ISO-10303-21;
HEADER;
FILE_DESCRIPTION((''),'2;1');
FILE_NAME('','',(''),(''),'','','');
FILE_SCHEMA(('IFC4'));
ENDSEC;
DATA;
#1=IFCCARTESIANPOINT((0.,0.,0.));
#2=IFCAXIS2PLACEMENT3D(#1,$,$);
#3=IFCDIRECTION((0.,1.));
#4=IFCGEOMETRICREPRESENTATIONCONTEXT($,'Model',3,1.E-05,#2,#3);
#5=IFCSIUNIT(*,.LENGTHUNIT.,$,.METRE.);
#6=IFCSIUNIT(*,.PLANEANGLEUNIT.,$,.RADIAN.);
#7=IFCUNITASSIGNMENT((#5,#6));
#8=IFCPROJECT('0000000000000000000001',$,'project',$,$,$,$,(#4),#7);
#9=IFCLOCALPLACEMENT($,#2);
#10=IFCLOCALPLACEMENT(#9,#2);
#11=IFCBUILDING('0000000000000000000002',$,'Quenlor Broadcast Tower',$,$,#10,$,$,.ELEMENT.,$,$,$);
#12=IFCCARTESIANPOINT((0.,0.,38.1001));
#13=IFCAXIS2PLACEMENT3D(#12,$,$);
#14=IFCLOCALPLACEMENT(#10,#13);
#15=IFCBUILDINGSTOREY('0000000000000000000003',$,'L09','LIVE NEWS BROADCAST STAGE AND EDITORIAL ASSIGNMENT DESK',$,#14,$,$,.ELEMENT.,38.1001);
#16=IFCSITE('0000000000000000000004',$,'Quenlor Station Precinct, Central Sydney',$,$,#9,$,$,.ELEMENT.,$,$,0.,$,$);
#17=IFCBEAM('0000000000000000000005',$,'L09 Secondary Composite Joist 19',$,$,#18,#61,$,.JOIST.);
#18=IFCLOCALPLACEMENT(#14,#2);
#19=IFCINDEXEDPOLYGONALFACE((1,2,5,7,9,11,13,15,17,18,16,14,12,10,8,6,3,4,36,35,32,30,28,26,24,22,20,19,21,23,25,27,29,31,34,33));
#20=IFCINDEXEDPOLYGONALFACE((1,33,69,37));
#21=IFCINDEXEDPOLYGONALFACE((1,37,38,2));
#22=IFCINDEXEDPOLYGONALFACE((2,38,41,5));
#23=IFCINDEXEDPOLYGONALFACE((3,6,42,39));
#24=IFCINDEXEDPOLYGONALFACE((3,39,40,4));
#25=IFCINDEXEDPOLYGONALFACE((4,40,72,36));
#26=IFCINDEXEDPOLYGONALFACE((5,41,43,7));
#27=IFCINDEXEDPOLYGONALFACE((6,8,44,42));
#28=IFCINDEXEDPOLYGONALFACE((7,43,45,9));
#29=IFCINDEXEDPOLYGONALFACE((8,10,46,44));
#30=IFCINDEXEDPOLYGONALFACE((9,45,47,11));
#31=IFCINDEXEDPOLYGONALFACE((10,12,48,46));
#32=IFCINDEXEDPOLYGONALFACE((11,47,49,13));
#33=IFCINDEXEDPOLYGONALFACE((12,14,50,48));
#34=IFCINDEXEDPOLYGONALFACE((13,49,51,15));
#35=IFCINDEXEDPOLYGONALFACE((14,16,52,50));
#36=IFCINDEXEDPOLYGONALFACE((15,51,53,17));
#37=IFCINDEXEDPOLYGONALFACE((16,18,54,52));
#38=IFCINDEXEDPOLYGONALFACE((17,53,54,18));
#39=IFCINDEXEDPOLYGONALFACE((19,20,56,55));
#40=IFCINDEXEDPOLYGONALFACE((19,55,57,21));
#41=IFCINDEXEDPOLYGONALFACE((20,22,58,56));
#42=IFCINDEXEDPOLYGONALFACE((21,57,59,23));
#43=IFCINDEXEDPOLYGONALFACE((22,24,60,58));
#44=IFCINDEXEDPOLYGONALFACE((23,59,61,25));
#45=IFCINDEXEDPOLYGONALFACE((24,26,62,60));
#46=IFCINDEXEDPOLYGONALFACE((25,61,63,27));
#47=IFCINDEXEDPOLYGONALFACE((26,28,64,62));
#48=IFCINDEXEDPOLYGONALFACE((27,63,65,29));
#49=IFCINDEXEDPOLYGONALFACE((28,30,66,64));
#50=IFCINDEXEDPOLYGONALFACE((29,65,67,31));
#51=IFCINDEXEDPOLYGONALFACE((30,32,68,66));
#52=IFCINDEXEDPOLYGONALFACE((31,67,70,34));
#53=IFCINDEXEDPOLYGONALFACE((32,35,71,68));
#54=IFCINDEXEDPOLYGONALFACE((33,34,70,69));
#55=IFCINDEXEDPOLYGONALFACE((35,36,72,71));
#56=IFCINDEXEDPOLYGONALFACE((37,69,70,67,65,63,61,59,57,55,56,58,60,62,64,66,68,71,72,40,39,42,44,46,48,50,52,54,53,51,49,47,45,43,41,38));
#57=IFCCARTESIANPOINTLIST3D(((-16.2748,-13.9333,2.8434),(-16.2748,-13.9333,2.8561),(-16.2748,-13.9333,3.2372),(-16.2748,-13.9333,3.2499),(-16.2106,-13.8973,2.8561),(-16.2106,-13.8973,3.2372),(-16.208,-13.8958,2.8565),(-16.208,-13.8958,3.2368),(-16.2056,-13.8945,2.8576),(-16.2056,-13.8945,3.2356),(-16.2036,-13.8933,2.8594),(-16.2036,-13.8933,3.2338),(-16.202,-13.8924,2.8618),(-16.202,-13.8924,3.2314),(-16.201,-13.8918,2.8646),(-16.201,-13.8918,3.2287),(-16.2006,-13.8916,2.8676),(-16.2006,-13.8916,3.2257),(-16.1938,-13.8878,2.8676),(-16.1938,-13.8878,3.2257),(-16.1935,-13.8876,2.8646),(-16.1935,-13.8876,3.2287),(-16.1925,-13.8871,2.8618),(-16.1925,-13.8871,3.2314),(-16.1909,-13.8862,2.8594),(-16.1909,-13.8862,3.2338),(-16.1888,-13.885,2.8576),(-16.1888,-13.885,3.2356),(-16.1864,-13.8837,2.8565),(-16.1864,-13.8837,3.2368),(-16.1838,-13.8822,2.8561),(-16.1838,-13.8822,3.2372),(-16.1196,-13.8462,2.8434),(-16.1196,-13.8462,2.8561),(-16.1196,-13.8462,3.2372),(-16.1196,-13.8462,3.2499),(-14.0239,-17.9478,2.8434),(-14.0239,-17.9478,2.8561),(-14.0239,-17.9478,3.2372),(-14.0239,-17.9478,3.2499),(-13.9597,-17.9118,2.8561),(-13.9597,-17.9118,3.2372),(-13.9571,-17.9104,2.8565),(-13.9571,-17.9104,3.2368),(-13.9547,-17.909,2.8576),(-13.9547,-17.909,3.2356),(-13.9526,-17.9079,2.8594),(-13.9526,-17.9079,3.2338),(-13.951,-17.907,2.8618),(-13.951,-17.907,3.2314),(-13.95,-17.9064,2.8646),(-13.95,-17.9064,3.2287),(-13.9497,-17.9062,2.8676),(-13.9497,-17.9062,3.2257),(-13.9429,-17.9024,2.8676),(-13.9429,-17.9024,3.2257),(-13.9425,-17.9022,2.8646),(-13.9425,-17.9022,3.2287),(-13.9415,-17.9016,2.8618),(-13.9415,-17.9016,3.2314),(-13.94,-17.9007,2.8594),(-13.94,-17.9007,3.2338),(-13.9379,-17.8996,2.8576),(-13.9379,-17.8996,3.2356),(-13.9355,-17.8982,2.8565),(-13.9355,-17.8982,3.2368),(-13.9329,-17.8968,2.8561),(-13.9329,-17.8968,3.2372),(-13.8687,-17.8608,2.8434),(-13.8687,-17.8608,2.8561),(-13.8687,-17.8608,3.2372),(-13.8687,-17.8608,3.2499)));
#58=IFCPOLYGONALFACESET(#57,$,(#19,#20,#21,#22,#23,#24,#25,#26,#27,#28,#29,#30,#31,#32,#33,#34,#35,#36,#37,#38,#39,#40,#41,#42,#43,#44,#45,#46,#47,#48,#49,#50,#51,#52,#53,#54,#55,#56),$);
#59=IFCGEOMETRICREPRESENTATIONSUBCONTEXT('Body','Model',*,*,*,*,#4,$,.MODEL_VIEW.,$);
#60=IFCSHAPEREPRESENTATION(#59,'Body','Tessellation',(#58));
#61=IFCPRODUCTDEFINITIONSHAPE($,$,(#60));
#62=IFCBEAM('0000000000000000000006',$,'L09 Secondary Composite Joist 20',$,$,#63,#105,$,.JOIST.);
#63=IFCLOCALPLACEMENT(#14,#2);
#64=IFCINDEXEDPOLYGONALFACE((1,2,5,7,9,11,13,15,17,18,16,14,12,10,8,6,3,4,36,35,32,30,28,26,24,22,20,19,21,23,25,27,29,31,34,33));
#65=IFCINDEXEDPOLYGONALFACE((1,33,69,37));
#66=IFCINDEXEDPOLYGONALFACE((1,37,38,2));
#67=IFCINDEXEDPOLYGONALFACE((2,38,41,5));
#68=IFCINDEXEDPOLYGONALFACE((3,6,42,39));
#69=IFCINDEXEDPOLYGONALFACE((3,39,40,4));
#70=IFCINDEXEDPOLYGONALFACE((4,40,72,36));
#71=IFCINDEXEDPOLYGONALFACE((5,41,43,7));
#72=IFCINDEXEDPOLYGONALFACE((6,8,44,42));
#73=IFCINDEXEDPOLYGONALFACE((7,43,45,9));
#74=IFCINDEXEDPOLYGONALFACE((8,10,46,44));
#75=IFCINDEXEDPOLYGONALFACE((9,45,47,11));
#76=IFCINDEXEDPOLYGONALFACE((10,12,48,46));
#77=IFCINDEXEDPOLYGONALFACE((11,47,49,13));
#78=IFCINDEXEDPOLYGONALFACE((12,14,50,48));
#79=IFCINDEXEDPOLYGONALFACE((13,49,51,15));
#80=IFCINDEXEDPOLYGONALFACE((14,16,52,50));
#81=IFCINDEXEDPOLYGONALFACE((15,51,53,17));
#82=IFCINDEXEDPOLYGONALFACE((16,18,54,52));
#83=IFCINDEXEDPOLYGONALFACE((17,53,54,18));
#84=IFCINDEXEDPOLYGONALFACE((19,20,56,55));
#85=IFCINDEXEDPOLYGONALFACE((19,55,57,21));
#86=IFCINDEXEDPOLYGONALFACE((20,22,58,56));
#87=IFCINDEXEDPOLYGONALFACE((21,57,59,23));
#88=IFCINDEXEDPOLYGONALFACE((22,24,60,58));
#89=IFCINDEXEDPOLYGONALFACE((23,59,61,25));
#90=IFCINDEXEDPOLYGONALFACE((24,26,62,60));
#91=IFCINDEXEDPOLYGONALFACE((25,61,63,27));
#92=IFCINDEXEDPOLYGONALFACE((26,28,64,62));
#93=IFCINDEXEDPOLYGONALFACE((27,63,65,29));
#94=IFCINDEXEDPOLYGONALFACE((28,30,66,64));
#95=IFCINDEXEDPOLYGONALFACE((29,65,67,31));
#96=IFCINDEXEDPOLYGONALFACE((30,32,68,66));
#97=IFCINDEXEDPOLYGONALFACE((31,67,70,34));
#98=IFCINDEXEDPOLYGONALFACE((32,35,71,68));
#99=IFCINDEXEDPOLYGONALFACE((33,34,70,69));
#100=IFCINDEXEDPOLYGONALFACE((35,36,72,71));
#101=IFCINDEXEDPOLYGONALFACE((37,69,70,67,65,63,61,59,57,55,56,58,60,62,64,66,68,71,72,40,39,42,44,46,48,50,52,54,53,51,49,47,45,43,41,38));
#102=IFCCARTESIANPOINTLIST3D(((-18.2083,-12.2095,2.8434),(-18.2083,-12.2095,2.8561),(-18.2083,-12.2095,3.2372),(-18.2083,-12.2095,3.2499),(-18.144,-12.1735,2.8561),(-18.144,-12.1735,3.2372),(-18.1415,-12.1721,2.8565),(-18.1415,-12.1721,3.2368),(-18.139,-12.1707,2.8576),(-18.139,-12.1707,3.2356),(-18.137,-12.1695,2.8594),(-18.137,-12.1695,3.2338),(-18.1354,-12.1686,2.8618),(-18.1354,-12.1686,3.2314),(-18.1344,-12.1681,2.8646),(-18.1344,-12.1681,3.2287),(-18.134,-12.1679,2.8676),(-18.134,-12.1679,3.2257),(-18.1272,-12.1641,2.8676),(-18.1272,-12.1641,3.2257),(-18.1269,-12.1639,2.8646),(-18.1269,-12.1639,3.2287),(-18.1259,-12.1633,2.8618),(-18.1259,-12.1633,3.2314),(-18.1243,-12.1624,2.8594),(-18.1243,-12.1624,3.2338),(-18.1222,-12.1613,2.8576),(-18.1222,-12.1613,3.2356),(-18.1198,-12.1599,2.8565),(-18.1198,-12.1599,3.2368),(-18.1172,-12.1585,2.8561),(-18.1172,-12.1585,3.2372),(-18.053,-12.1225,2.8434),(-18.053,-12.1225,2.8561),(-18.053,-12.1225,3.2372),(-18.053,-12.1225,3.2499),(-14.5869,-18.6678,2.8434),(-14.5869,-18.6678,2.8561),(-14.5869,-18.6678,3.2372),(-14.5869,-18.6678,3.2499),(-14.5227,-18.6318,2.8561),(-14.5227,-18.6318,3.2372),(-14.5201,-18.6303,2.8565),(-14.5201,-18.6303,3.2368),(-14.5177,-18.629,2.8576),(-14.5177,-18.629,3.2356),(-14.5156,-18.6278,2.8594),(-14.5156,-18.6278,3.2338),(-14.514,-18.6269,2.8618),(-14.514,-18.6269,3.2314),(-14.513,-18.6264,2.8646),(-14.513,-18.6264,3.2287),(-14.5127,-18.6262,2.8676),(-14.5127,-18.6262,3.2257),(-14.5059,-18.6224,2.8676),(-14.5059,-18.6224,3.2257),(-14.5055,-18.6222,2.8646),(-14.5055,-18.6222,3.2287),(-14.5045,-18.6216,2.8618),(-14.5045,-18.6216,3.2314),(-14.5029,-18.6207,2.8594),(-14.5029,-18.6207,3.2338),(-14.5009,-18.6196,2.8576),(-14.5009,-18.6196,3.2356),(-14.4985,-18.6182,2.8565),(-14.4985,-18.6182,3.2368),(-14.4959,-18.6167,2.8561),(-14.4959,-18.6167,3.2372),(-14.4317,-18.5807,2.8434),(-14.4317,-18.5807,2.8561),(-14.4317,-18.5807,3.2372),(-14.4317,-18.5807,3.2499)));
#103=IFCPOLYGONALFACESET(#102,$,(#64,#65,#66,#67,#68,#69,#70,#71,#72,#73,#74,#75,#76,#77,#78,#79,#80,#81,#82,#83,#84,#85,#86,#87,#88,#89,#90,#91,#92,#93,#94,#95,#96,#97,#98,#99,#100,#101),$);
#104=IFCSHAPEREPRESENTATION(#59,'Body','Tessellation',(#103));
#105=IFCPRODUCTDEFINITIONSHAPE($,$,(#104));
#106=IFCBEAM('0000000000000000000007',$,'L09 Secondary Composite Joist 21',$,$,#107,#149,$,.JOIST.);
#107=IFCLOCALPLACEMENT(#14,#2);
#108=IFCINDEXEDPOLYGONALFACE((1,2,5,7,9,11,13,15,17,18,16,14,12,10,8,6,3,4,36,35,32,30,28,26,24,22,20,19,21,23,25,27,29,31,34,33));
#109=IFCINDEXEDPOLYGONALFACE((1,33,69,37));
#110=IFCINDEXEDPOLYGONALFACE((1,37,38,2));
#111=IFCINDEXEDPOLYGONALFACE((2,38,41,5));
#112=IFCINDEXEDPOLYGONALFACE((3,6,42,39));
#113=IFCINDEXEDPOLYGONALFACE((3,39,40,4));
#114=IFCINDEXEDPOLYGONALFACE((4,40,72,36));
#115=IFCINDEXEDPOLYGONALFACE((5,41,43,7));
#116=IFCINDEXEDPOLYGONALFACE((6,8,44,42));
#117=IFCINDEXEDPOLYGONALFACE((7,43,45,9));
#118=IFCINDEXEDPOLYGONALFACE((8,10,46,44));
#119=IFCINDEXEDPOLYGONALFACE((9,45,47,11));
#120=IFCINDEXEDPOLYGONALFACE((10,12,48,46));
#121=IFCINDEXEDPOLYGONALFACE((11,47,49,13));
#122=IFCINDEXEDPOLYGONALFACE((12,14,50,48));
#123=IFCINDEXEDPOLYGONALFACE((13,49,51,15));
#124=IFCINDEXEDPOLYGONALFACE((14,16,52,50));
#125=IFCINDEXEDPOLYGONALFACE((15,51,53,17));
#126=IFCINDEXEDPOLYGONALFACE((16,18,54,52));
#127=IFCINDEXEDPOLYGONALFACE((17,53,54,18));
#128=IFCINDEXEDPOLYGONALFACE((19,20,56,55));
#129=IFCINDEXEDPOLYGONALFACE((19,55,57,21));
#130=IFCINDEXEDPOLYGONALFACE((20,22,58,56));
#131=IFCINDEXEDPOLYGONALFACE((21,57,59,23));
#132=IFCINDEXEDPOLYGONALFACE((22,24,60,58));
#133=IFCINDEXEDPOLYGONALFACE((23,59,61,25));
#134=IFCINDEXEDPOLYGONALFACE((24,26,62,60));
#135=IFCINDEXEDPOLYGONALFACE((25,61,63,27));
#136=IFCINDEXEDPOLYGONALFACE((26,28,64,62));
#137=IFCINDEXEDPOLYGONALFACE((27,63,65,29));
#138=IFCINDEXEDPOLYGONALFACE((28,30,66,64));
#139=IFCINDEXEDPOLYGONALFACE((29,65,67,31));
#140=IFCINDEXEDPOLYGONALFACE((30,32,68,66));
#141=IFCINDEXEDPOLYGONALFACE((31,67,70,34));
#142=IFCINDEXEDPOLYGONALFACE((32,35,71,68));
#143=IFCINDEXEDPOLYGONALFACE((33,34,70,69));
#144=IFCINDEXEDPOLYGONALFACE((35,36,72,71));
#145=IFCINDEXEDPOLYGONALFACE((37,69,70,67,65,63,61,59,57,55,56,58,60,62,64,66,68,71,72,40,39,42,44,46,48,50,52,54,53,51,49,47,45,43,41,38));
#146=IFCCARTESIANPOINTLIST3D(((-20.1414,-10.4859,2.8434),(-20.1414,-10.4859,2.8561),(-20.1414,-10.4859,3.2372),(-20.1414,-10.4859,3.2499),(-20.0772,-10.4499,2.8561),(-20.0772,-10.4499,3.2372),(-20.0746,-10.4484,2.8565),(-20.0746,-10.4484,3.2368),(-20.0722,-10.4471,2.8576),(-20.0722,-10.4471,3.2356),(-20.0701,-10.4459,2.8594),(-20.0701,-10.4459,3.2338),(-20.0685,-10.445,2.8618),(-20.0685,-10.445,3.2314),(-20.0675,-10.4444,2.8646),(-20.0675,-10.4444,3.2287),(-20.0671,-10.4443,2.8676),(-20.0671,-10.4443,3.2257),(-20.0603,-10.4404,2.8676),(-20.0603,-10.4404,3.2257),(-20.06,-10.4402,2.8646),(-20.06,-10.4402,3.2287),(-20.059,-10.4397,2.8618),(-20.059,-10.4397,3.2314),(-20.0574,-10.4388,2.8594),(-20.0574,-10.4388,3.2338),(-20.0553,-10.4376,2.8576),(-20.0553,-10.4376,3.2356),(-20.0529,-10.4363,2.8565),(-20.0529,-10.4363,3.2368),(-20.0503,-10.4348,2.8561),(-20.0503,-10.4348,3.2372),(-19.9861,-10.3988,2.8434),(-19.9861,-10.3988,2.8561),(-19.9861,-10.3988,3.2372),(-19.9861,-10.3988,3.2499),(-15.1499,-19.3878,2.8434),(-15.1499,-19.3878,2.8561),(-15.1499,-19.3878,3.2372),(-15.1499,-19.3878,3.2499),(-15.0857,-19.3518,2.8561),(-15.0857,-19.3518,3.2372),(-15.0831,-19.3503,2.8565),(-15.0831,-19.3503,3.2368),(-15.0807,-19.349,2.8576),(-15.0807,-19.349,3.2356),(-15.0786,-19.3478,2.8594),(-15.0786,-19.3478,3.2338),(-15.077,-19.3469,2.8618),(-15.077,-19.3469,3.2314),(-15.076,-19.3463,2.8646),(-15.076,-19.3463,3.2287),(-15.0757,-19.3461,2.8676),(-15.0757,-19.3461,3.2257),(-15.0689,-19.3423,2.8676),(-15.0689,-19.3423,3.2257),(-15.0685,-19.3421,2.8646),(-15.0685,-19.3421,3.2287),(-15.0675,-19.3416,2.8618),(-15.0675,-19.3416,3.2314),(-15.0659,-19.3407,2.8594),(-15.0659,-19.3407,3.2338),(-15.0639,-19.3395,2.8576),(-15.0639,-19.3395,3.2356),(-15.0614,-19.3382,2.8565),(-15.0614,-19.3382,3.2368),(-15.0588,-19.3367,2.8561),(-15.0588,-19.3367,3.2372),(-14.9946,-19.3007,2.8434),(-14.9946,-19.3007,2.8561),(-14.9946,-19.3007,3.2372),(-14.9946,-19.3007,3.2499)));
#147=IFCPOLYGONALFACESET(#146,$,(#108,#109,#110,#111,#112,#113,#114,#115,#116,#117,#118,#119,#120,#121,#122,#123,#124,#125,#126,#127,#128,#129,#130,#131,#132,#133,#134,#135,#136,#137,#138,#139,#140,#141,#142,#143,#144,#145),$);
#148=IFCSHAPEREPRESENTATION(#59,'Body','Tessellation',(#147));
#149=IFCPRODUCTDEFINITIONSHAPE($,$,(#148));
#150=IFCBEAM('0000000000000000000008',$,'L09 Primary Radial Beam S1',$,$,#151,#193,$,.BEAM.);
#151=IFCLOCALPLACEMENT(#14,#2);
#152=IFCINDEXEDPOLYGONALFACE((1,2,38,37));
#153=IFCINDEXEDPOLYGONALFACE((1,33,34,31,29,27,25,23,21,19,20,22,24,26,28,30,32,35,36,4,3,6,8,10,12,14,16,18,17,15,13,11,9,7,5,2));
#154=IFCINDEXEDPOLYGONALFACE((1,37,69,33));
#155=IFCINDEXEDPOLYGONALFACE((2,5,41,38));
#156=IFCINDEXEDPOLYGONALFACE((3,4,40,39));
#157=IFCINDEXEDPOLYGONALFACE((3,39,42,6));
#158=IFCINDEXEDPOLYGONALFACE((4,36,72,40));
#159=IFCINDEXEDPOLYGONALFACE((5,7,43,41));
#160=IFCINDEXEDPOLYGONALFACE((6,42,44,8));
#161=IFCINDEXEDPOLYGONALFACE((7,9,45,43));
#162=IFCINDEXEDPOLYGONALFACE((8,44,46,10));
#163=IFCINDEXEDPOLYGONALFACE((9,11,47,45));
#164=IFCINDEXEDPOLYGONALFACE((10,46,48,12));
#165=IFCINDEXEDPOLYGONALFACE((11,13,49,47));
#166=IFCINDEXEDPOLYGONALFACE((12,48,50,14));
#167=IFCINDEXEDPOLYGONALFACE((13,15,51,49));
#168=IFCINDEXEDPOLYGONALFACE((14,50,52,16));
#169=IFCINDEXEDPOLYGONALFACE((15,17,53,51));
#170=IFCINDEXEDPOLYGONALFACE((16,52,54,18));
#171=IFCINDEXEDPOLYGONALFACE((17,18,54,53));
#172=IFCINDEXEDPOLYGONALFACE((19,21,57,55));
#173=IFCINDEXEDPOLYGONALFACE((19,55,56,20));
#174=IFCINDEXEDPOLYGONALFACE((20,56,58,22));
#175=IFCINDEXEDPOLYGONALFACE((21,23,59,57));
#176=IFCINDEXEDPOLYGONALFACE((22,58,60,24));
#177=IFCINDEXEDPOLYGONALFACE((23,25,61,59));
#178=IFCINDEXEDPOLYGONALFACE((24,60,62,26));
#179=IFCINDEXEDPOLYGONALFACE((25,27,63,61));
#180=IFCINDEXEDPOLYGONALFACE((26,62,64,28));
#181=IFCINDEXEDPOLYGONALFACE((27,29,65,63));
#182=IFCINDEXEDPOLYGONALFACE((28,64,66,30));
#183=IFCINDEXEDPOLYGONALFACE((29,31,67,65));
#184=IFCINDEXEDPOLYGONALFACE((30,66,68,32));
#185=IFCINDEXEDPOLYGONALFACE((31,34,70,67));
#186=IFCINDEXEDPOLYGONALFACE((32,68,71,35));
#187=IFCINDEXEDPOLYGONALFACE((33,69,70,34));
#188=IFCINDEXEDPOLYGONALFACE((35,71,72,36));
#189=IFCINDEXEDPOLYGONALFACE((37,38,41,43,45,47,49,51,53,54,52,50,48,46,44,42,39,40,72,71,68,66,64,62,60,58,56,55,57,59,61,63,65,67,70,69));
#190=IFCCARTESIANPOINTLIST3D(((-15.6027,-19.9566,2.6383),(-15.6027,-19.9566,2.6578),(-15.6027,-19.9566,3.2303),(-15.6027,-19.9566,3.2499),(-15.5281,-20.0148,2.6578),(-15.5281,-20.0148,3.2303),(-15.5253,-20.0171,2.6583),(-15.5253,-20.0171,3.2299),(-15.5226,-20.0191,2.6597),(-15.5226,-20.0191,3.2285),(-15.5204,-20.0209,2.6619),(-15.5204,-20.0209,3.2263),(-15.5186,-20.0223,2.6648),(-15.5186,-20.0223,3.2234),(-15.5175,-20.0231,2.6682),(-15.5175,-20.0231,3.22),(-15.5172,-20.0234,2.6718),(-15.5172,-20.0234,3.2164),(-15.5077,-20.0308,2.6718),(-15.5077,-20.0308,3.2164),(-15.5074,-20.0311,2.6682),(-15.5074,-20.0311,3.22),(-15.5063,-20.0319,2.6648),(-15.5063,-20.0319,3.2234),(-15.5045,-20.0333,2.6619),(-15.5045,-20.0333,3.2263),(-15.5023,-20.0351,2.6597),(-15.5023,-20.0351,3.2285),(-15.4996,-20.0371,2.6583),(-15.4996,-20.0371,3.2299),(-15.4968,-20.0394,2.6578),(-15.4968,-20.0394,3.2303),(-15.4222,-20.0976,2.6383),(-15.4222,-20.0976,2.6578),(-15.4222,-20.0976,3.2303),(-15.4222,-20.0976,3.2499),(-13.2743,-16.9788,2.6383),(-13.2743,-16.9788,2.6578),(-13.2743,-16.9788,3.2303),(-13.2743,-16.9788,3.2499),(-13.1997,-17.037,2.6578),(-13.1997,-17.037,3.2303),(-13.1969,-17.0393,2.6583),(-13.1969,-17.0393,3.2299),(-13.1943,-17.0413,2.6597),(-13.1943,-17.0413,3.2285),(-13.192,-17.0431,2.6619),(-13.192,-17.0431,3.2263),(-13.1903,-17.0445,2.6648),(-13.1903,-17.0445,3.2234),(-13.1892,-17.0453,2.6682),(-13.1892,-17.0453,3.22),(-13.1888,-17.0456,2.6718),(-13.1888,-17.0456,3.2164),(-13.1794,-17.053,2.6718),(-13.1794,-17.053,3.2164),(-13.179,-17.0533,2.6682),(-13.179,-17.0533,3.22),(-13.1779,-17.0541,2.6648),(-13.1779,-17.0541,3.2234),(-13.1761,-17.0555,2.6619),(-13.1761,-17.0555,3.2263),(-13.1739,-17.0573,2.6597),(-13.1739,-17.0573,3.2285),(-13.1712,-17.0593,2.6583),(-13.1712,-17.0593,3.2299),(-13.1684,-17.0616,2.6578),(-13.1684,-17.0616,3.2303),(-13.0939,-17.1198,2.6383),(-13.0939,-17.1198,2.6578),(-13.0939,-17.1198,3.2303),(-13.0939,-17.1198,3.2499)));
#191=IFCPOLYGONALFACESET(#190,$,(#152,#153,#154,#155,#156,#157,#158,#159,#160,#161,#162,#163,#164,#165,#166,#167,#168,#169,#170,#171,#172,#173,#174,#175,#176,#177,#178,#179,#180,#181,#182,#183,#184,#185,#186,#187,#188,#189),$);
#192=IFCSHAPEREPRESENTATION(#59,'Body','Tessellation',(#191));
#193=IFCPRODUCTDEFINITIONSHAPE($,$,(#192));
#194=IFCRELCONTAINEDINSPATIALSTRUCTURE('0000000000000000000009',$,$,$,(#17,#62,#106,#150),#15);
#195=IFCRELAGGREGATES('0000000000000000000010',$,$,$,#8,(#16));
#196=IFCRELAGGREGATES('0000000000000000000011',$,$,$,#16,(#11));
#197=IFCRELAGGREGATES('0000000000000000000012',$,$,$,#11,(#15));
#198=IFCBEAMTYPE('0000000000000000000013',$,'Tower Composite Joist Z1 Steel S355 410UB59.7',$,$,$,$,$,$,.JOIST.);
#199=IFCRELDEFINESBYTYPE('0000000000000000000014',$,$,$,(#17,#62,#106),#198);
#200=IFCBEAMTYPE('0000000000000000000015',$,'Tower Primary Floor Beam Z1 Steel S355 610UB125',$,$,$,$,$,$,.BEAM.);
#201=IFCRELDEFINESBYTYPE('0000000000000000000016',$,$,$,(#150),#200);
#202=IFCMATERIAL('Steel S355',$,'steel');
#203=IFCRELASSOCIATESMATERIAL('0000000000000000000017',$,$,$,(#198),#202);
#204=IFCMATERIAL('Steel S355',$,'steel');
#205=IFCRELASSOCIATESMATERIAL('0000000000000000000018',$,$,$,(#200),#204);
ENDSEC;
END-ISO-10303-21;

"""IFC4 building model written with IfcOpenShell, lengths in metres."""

from ifc_helpers import new_model, si_unit, direction, frame, origin, origin_2d, place, context, subcontext, project, spatial, i_section, extrude, material, material_profile, profile_set, type_object, element, save


model = new_model("IFC4")

# Units and contexts
model_context = context("Model", 3, precision=1e-05, world=origin(), true_north=direction((0.0, 1.0)))
body_context = subcontext(model_context, "Body", "Model", "MODEL_VIEW")
ifc_project = project(units=[si_unit("LENGTHUNIT", "METRE"), si_unit("PLANEANGLEUNIT", "RADIAN")], contexts=[model_context])

# Site, building, storey
site_placement = place(None, origin())
site = spatial("IfcSite", under=ifc_project, at=site_placement, Name="Quenlor Station Precinct, Central Sydney", CompositionType="ELEMENT", RefElevation=0.0)
building_placement = place(site_placement, origin())
building = spatial("IfcBuilding", under=site, at=building_placement, Name="Quenlor Broadcast Tower", CompositionType="ELEMENT")
storey_placement = place(building_placement, frame((0.0, 0.0, 38.1001)))
storey = spatial("IfcBuildingStorey", under=building, at=storey_placement, Name="L09", Description="LIVE NEWS BROADCAST STAGE AND EDITORIAL ASSIGNMENT DESK", CompositionType="ELEMENT", Elevation=38.1001)

# Beams
ifc_material_1 = material(Name="Steel S355", Category="steel")
ifc_material_profile_1 = material_profile(ifc_material_1, i_section(OverallWidth=0.178, OverallDepth=0.4065, WebThickness=0.0078, FlangeThickness=0.0127, FilletRadius=0.0115, at=origin_2d()))
ifc_profile_set_1 = profile_set([ifc_material_profile_1], Name="Steel S355 410UB59.7")
beam_type_1 = type_object("IfcBeamType", Name="Tower Composite Joist Z1 Steel S355 410UB59.7", PredefinedType="JOIST", material=ifc_profile_set_1)
beam_1_placement = place(storey_placement, frame((-13.9463, -17.9043, 3.0466), z_axis=(-0.489062, 0.872249, 0.0), x_axis=(-0.872249, -0.489062, 0.0)))
element("IfcBeam", 1, at=beam_1_placement, inside=storey, type_object=beam_type_1, Name="L09 Secondary Composite Joist 19", PredefinedType="JOIST", context=body_context, shape_type="SweptSolid", body=[
    extrude(i_section(OverallWidth=0.178, OverallDepth=0.4065, WebThickness=0.0078, FlangeThickness=0.0127, FilletRadius=0.0115, at=origin_2d()), origin(), (0.0, 0.0, 1.0), 4.6025),
])
beam_2_placement = place(storey_placement, frame((-14.5093, -18.6243, 3.0466), z_axis=(-0.489088, 0.872234, 0.0), x_axis=(-0.872234, -0.489088, 0.0)))
element("IfcBeam", 2, at=beam_2_placement, inside=storey, type_object=beam_type_1, Name="L09 Secondary Composite Joist 20", PredefinedType="JOIST", context=body_context, shape_type="SweptSolid", body=[
    extrude(i_section(OverallWidth=0.178, OverallDepth=0.4065, WebThickness=0.0078, FlangeThickness=0.0127, FilletRadius=0.0115, at=origin_2d()), origin(), (0.0, 0.0, 1.0), 7.4043),
])
beam_3_placement = place(storey_placement, frame((-15.0723, -19.3442, 3.0466), z_axis=(-0.489082, 0.872238, 0.0), x_axis=(-0.872238, -0.489082, 0.0)))
element("IfcBeam", 3, at=beam_3_placement, inside=storey, type_object=beam_type_1, Name="L09 Secondary Composite Joist 21", PredefinedType="JOIST", context=body_context, shape_type="SweptSolid", body=[
    extrude(i_section(OverallWidth=0.178, OverallDepth=0.4065, WebThickness=0.0078, FlangeThickness=0.0127, FilletRadius=0.0115, at=origin_2d()), origin(), (0.0, 0.0, 1.0), 10.2058),
])
ifc_material_2 = material(Name="Steel S355", Category="steel")
ifc_material_profile_2 = material_profile(ifc_material_2, i_section(OverallWidth=0.229, OverallDepth=0.6116, WebThickness=0.012, FlangeThickness=0.0195, FilletRadius=0.0139, at=origin_2d()))
ifc_profile_set_2 = profile_set([ifc_material_profile_2], Name="Steel S355 610UB125")
beam_type_2 = type_object("IfcBeamType", Name="Tower Primary Floor Beam Z1 Steel S355 610UB125", PredefinedType="BEAM", material=ifc_profile_set_2)
beam_4_placement = place(storey_placement, frame((-15.5125, -20.0271, 2.9441), z_axis=(0.615969, 0.787771, 0.0), x_axis=(-0.787771, 0.615969, 0.0)))
element("IfcBeam", 4, at=beam_4_placement, inside=storey, type_object=beam_type_2, Name="L09 Primary Radial Beam S1", PredefinedType="BEAM", context=body_context, shape_type="SweptSolid", body=[
    extrude(i_section(OverallWidth=0.229, OverallDepth=0.6116, WebThickness=0.012, FlangeThickness=0.0195, FilletRadius=0.0139, at=origin_2d()), origin(), (0.0, 0.0, 1.0), 3.78),
])

save(model, "model.ifc")
